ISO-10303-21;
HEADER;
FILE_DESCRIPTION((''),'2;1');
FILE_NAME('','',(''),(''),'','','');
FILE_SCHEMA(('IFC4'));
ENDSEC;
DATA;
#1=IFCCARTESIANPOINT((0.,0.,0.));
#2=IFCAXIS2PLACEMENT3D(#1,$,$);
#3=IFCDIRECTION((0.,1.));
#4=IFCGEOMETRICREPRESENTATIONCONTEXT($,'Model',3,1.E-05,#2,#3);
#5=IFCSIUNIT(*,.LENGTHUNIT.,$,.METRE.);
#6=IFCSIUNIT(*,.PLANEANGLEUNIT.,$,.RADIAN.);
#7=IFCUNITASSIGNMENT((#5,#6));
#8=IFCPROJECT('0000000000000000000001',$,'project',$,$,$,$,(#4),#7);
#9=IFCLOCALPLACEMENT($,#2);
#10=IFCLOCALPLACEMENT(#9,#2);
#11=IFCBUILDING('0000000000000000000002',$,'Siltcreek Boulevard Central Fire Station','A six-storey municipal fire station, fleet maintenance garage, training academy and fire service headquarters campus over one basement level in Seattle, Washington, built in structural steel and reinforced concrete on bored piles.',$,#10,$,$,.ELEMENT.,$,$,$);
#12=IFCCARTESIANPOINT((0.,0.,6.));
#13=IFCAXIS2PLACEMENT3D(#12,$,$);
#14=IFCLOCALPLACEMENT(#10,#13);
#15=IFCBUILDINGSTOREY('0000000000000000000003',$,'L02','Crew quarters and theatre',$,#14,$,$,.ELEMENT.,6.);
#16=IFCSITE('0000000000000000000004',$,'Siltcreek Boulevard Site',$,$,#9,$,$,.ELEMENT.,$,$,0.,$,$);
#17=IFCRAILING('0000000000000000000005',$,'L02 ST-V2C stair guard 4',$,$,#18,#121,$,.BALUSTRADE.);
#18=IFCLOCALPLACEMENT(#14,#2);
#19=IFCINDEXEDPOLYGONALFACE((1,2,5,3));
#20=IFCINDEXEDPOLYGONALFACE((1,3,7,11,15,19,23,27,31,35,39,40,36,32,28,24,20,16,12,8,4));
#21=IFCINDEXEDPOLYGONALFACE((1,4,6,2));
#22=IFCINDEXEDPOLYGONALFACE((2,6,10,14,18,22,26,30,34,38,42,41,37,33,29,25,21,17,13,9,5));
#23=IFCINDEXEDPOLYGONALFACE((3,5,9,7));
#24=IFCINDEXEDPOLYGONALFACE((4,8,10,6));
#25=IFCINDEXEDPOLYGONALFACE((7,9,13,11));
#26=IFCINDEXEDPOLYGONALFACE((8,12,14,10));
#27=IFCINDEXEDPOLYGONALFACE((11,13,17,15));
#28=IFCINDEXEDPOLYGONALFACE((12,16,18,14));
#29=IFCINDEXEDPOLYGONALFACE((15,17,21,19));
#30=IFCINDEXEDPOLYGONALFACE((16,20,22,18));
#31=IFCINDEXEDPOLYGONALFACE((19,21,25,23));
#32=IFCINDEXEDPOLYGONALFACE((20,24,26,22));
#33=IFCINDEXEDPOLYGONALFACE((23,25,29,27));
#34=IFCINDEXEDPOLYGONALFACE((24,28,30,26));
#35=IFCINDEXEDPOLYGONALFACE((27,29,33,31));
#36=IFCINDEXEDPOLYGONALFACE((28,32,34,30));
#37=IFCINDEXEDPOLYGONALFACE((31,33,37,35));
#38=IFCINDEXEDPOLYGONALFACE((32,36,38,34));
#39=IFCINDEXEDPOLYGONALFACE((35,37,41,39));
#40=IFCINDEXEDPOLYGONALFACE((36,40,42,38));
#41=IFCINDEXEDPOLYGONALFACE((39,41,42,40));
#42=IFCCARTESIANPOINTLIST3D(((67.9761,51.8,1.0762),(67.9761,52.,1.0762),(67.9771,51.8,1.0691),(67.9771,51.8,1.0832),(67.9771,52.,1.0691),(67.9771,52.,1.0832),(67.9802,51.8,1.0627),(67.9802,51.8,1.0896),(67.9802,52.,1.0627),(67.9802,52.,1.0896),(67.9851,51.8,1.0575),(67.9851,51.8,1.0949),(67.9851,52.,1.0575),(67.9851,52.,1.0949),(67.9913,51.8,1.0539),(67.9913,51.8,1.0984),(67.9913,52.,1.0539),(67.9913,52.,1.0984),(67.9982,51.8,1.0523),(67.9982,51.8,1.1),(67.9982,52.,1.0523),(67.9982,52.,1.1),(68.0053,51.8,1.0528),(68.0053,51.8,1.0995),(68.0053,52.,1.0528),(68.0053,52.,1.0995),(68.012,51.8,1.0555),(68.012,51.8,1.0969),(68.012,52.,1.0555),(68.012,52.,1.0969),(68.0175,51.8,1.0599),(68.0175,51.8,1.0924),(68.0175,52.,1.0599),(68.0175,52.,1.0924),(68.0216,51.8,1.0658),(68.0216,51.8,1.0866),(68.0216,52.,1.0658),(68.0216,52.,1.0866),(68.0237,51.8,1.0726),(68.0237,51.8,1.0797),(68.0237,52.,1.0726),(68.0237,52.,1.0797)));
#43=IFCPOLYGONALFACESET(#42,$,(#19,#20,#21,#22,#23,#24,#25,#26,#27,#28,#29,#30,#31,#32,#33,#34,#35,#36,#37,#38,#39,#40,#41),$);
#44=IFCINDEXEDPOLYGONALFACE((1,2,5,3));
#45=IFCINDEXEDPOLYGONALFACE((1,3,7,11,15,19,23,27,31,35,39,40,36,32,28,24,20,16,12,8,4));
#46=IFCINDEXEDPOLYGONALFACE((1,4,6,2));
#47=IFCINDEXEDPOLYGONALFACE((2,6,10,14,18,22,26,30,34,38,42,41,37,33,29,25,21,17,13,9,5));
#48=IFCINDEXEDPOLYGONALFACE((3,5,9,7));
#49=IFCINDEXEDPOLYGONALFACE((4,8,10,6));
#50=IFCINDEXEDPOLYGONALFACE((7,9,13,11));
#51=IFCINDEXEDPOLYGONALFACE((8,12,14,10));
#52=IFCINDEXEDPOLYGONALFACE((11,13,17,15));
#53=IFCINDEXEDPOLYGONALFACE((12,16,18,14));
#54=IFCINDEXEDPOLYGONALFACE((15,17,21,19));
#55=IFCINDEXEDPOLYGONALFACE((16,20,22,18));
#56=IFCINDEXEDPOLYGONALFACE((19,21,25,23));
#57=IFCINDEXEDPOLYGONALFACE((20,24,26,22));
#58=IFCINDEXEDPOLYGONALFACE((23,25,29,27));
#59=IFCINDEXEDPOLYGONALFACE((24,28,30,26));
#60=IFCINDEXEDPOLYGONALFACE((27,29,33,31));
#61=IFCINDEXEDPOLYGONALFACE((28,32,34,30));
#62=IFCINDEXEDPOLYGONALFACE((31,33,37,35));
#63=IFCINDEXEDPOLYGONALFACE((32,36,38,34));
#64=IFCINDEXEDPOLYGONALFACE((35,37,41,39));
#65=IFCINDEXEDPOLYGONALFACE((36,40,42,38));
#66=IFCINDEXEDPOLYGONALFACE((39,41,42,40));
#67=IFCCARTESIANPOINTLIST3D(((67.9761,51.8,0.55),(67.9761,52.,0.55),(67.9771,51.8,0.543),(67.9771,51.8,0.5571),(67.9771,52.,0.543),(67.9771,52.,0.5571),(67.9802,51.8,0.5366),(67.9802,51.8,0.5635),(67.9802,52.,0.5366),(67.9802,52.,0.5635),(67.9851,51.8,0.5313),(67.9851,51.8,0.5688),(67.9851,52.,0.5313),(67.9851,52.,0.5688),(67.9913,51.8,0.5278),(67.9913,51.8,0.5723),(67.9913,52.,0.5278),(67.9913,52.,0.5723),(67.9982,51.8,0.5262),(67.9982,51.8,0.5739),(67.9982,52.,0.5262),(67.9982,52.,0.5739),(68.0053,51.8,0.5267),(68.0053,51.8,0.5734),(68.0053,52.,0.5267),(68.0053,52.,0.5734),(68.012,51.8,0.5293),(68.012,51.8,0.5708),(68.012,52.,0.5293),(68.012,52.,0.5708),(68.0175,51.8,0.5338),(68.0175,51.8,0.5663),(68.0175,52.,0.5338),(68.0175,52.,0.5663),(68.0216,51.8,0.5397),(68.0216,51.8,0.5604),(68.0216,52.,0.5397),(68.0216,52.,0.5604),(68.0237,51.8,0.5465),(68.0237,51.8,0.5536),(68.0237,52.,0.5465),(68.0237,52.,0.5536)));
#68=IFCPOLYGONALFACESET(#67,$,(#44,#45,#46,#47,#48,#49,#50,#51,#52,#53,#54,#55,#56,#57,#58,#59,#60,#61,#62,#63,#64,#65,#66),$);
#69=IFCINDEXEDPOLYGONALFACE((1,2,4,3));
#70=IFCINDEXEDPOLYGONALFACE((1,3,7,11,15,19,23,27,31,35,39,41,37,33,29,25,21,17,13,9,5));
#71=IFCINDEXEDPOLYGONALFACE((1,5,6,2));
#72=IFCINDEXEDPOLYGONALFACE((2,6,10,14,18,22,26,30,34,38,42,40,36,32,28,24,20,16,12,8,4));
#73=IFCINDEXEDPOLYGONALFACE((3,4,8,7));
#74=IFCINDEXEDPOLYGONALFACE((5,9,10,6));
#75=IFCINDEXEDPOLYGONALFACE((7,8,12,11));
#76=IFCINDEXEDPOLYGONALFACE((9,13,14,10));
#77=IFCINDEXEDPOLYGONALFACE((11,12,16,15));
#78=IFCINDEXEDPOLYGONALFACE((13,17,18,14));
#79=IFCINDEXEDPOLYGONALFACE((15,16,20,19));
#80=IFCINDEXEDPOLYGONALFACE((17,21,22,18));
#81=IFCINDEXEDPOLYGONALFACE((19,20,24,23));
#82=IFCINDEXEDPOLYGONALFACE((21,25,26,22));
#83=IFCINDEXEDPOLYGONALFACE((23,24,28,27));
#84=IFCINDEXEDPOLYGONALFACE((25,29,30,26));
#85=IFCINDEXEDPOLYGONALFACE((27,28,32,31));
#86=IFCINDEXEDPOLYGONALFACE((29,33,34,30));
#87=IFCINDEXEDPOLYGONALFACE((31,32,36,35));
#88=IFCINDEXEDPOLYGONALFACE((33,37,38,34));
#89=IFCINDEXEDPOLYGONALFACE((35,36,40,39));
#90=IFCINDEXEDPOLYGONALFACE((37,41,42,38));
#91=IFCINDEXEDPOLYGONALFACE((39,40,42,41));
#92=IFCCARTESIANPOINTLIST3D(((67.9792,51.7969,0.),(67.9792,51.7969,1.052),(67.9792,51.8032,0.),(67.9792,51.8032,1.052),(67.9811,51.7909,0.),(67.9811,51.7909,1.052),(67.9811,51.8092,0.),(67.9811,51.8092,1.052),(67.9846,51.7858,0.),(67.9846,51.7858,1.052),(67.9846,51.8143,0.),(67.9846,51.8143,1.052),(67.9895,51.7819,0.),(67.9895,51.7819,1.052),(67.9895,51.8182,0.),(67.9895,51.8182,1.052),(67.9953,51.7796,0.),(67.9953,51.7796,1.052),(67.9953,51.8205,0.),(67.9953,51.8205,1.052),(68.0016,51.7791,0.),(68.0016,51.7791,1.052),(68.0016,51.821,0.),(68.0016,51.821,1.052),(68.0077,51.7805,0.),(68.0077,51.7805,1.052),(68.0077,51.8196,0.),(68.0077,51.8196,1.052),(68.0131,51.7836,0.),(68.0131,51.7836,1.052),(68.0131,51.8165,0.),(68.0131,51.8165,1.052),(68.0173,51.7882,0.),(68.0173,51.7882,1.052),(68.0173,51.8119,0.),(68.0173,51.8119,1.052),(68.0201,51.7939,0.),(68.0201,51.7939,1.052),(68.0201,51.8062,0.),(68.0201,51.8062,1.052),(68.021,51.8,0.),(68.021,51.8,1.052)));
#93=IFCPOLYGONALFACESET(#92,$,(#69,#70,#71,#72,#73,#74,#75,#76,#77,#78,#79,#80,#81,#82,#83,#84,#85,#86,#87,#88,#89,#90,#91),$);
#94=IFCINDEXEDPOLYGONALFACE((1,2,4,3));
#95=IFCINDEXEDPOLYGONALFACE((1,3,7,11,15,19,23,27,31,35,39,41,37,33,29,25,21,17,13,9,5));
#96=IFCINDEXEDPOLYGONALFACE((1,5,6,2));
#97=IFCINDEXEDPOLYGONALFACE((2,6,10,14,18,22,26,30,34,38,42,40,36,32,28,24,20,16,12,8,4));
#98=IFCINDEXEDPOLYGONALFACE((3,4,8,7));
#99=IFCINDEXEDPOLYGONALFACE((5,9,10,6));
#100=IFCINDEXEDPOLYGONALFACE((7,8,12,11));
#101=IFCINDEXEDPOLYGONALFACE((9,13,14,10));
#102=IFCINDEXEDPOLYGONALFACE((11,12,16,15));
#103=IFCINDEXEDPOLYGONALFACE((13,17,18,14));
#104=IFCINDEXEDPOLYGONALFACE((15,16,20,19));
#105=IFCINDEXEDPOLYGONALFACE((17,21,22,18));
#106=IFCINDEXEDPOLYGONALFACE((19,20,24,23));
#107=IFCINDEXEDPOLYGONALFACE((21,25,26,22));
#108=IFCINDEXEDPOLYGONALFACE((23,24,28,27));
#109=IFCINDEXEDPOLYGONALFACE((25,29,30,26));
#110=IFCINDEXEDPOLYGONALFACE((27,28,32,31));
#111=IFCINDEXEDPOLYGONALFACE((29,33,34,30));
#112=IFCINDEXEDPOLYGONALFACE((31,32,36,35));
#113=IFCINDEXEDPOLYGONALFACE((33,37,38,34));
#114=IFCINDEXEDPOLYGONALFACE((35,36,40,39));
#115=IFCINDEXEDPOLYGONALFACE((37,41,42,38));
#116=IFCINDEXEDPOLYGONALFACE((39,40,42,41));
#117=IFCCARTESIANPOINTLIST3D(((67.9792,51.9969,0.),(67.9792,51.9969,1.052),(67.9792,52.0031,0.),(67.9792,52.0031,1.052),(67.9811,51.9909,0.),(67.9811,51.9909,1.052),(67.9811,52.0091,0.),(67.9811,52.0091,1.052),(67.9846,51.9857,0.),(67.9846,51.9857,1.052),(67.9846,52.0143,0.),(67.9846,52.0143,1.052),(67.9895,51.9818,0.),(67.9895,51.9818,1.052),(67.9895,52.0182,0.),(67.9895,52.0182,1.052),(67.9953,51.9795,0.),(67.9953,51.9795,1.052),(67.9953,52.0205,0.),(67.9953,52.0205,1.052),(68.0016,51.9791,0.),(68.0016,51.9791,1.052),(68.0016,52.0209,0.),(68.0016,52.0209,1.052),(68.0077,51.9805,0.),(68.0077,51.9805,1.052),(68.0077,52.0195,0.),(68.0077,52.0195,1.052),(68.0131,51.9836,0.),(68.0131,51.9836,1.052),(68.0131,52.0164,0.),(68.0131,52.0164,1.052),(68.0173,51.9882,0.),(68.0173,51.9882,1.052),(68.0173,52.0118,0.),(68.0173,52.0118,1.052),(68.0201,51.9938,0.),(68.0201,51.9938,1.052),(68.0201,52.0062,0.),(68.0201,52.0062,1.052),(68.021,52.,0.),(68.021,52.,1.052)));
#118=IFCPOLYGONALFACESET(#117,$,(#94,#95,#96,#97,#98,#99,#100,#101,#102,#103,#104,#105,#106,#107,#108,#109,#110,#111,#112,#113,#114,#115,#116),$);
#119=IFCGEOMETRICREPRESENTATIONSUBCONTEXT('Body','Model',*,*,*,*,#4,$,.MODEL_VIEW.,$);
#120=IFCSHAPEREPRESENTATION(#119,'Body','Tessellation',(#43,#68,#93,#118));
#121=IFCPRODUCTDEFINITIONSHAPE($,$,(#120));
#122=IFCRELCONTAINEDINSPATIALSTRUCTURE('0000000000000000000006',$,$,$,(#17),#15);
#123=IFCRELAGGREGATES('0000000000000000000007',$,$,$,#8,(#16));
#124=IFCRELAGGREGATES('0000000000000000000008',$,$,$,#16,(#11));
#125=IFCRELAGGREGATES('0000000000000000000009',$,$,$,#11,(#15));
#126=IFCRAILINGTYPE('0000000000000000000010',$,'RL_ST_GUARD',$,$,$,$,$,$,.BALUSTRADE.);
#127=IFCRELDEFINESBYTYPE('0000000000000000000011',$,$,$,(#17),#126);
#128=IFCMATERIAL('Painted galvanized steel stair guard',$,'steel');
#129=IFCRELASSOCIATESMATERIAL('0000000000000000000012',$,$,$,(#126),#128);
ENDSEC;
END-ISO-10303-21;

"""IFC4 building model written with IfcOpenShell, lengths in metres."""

from ifc_helpers import new_model, si_unit, direction, frame, origin, origin_2d, place, context, subcontext, project, spatial, circle, extrude, material, type_object, element, save


model = new_model("IFC4")

# Units and contexts
model_context = context("Model", 3, precision=1e-05, world=origin(), true_north=direction((0.0, 1.0)))
body_context = subcontext(model_context, "Body", "Model", "MODEL_VIEW")
ifc_project = project(units=[si_unit("LENGTHUNIT", "METRE"), si_unit("PLANEANGLEUNIT", "RADIAN")], contexts=[model_context])

# Site, building, storey
site_placement = place(None, origin())
site = spatial("IfcSite", under=ifc_project, at=site_placement, Name="Siltcreek Boulevard Site", CompositionType="ELEMENT", RefElevation=0.0)
building_placement = place(site_placement, origin())
building = spatial("IfcBuilding", under=site, at=building_placement, Name="Siltcreek Boulevard Central Fire Station", Description="A six-storey municipal fire station, fleet maintenance garage, training academy and fire service headquarters campus over one basement level in Seattle, Washington, built in structural steel and reinforced concrete on bored piles.", CompositionType="ELEMENT")
storey_placement = place(building_placement, frame((0.0, 0.0, 6.0)))
storey = spatial("IfcBuildingStorey", under=building, at=storey_placement, Name="L02", Description="Crew quarters and theatre", CompositionType="ELEMENT", Elevation=6.0)

# Railing
ifc_material_1 = material(Name="Painted galvanized steel stair guard", Category="steel")
railing_type_1 = type_object("IfcRailingType", Name="RL_ST_GUARD", PredefinedType="BALUSTRADE", material=ifc_material_1)
railing_1_placement = place(storey_placement, frame((68.0, 51.8, 0.0)))
element("IfcRailing", 1, at=railing_1_placement, inside=storey, type_object=railing_type_1, Name="L02 ST-V2C stair guard 4", PredefinedType="BALUSTRADE", context=body_context, shape_type="SweptSolid", body=[
    extrude(circle(Radius=0.0239, at=origin_2d()), frame((0.0, 0.0, 1.0762), z_axis=(0.0, 1.0, 0.0), x_axis=(-1.0, 0.0, 0.0)), (0.0, 0.0, 1.0), 0.2),
    extrude(circle(Radius=0.0239, at=origin_2d()), frame((0.0, 0.0, 0.55), z_axis=(0.0, 1.0, 0.0), x_axis=(-1.0, 0.0, 0.0)), (0.0, 0.0, 1.0), 0.2),
    extrude(circle(Radius=0.021, at=origin_2d()), origin(), (0.0, 0.0, 1.0), 1.052),
    extrude(circle(Radius=0.021, at=origin_2d()), frame((0.0, 0.2, 0.0)), (0.0, 0.0, 1.0), 1.052),
])

save(model, "model.ifc")
